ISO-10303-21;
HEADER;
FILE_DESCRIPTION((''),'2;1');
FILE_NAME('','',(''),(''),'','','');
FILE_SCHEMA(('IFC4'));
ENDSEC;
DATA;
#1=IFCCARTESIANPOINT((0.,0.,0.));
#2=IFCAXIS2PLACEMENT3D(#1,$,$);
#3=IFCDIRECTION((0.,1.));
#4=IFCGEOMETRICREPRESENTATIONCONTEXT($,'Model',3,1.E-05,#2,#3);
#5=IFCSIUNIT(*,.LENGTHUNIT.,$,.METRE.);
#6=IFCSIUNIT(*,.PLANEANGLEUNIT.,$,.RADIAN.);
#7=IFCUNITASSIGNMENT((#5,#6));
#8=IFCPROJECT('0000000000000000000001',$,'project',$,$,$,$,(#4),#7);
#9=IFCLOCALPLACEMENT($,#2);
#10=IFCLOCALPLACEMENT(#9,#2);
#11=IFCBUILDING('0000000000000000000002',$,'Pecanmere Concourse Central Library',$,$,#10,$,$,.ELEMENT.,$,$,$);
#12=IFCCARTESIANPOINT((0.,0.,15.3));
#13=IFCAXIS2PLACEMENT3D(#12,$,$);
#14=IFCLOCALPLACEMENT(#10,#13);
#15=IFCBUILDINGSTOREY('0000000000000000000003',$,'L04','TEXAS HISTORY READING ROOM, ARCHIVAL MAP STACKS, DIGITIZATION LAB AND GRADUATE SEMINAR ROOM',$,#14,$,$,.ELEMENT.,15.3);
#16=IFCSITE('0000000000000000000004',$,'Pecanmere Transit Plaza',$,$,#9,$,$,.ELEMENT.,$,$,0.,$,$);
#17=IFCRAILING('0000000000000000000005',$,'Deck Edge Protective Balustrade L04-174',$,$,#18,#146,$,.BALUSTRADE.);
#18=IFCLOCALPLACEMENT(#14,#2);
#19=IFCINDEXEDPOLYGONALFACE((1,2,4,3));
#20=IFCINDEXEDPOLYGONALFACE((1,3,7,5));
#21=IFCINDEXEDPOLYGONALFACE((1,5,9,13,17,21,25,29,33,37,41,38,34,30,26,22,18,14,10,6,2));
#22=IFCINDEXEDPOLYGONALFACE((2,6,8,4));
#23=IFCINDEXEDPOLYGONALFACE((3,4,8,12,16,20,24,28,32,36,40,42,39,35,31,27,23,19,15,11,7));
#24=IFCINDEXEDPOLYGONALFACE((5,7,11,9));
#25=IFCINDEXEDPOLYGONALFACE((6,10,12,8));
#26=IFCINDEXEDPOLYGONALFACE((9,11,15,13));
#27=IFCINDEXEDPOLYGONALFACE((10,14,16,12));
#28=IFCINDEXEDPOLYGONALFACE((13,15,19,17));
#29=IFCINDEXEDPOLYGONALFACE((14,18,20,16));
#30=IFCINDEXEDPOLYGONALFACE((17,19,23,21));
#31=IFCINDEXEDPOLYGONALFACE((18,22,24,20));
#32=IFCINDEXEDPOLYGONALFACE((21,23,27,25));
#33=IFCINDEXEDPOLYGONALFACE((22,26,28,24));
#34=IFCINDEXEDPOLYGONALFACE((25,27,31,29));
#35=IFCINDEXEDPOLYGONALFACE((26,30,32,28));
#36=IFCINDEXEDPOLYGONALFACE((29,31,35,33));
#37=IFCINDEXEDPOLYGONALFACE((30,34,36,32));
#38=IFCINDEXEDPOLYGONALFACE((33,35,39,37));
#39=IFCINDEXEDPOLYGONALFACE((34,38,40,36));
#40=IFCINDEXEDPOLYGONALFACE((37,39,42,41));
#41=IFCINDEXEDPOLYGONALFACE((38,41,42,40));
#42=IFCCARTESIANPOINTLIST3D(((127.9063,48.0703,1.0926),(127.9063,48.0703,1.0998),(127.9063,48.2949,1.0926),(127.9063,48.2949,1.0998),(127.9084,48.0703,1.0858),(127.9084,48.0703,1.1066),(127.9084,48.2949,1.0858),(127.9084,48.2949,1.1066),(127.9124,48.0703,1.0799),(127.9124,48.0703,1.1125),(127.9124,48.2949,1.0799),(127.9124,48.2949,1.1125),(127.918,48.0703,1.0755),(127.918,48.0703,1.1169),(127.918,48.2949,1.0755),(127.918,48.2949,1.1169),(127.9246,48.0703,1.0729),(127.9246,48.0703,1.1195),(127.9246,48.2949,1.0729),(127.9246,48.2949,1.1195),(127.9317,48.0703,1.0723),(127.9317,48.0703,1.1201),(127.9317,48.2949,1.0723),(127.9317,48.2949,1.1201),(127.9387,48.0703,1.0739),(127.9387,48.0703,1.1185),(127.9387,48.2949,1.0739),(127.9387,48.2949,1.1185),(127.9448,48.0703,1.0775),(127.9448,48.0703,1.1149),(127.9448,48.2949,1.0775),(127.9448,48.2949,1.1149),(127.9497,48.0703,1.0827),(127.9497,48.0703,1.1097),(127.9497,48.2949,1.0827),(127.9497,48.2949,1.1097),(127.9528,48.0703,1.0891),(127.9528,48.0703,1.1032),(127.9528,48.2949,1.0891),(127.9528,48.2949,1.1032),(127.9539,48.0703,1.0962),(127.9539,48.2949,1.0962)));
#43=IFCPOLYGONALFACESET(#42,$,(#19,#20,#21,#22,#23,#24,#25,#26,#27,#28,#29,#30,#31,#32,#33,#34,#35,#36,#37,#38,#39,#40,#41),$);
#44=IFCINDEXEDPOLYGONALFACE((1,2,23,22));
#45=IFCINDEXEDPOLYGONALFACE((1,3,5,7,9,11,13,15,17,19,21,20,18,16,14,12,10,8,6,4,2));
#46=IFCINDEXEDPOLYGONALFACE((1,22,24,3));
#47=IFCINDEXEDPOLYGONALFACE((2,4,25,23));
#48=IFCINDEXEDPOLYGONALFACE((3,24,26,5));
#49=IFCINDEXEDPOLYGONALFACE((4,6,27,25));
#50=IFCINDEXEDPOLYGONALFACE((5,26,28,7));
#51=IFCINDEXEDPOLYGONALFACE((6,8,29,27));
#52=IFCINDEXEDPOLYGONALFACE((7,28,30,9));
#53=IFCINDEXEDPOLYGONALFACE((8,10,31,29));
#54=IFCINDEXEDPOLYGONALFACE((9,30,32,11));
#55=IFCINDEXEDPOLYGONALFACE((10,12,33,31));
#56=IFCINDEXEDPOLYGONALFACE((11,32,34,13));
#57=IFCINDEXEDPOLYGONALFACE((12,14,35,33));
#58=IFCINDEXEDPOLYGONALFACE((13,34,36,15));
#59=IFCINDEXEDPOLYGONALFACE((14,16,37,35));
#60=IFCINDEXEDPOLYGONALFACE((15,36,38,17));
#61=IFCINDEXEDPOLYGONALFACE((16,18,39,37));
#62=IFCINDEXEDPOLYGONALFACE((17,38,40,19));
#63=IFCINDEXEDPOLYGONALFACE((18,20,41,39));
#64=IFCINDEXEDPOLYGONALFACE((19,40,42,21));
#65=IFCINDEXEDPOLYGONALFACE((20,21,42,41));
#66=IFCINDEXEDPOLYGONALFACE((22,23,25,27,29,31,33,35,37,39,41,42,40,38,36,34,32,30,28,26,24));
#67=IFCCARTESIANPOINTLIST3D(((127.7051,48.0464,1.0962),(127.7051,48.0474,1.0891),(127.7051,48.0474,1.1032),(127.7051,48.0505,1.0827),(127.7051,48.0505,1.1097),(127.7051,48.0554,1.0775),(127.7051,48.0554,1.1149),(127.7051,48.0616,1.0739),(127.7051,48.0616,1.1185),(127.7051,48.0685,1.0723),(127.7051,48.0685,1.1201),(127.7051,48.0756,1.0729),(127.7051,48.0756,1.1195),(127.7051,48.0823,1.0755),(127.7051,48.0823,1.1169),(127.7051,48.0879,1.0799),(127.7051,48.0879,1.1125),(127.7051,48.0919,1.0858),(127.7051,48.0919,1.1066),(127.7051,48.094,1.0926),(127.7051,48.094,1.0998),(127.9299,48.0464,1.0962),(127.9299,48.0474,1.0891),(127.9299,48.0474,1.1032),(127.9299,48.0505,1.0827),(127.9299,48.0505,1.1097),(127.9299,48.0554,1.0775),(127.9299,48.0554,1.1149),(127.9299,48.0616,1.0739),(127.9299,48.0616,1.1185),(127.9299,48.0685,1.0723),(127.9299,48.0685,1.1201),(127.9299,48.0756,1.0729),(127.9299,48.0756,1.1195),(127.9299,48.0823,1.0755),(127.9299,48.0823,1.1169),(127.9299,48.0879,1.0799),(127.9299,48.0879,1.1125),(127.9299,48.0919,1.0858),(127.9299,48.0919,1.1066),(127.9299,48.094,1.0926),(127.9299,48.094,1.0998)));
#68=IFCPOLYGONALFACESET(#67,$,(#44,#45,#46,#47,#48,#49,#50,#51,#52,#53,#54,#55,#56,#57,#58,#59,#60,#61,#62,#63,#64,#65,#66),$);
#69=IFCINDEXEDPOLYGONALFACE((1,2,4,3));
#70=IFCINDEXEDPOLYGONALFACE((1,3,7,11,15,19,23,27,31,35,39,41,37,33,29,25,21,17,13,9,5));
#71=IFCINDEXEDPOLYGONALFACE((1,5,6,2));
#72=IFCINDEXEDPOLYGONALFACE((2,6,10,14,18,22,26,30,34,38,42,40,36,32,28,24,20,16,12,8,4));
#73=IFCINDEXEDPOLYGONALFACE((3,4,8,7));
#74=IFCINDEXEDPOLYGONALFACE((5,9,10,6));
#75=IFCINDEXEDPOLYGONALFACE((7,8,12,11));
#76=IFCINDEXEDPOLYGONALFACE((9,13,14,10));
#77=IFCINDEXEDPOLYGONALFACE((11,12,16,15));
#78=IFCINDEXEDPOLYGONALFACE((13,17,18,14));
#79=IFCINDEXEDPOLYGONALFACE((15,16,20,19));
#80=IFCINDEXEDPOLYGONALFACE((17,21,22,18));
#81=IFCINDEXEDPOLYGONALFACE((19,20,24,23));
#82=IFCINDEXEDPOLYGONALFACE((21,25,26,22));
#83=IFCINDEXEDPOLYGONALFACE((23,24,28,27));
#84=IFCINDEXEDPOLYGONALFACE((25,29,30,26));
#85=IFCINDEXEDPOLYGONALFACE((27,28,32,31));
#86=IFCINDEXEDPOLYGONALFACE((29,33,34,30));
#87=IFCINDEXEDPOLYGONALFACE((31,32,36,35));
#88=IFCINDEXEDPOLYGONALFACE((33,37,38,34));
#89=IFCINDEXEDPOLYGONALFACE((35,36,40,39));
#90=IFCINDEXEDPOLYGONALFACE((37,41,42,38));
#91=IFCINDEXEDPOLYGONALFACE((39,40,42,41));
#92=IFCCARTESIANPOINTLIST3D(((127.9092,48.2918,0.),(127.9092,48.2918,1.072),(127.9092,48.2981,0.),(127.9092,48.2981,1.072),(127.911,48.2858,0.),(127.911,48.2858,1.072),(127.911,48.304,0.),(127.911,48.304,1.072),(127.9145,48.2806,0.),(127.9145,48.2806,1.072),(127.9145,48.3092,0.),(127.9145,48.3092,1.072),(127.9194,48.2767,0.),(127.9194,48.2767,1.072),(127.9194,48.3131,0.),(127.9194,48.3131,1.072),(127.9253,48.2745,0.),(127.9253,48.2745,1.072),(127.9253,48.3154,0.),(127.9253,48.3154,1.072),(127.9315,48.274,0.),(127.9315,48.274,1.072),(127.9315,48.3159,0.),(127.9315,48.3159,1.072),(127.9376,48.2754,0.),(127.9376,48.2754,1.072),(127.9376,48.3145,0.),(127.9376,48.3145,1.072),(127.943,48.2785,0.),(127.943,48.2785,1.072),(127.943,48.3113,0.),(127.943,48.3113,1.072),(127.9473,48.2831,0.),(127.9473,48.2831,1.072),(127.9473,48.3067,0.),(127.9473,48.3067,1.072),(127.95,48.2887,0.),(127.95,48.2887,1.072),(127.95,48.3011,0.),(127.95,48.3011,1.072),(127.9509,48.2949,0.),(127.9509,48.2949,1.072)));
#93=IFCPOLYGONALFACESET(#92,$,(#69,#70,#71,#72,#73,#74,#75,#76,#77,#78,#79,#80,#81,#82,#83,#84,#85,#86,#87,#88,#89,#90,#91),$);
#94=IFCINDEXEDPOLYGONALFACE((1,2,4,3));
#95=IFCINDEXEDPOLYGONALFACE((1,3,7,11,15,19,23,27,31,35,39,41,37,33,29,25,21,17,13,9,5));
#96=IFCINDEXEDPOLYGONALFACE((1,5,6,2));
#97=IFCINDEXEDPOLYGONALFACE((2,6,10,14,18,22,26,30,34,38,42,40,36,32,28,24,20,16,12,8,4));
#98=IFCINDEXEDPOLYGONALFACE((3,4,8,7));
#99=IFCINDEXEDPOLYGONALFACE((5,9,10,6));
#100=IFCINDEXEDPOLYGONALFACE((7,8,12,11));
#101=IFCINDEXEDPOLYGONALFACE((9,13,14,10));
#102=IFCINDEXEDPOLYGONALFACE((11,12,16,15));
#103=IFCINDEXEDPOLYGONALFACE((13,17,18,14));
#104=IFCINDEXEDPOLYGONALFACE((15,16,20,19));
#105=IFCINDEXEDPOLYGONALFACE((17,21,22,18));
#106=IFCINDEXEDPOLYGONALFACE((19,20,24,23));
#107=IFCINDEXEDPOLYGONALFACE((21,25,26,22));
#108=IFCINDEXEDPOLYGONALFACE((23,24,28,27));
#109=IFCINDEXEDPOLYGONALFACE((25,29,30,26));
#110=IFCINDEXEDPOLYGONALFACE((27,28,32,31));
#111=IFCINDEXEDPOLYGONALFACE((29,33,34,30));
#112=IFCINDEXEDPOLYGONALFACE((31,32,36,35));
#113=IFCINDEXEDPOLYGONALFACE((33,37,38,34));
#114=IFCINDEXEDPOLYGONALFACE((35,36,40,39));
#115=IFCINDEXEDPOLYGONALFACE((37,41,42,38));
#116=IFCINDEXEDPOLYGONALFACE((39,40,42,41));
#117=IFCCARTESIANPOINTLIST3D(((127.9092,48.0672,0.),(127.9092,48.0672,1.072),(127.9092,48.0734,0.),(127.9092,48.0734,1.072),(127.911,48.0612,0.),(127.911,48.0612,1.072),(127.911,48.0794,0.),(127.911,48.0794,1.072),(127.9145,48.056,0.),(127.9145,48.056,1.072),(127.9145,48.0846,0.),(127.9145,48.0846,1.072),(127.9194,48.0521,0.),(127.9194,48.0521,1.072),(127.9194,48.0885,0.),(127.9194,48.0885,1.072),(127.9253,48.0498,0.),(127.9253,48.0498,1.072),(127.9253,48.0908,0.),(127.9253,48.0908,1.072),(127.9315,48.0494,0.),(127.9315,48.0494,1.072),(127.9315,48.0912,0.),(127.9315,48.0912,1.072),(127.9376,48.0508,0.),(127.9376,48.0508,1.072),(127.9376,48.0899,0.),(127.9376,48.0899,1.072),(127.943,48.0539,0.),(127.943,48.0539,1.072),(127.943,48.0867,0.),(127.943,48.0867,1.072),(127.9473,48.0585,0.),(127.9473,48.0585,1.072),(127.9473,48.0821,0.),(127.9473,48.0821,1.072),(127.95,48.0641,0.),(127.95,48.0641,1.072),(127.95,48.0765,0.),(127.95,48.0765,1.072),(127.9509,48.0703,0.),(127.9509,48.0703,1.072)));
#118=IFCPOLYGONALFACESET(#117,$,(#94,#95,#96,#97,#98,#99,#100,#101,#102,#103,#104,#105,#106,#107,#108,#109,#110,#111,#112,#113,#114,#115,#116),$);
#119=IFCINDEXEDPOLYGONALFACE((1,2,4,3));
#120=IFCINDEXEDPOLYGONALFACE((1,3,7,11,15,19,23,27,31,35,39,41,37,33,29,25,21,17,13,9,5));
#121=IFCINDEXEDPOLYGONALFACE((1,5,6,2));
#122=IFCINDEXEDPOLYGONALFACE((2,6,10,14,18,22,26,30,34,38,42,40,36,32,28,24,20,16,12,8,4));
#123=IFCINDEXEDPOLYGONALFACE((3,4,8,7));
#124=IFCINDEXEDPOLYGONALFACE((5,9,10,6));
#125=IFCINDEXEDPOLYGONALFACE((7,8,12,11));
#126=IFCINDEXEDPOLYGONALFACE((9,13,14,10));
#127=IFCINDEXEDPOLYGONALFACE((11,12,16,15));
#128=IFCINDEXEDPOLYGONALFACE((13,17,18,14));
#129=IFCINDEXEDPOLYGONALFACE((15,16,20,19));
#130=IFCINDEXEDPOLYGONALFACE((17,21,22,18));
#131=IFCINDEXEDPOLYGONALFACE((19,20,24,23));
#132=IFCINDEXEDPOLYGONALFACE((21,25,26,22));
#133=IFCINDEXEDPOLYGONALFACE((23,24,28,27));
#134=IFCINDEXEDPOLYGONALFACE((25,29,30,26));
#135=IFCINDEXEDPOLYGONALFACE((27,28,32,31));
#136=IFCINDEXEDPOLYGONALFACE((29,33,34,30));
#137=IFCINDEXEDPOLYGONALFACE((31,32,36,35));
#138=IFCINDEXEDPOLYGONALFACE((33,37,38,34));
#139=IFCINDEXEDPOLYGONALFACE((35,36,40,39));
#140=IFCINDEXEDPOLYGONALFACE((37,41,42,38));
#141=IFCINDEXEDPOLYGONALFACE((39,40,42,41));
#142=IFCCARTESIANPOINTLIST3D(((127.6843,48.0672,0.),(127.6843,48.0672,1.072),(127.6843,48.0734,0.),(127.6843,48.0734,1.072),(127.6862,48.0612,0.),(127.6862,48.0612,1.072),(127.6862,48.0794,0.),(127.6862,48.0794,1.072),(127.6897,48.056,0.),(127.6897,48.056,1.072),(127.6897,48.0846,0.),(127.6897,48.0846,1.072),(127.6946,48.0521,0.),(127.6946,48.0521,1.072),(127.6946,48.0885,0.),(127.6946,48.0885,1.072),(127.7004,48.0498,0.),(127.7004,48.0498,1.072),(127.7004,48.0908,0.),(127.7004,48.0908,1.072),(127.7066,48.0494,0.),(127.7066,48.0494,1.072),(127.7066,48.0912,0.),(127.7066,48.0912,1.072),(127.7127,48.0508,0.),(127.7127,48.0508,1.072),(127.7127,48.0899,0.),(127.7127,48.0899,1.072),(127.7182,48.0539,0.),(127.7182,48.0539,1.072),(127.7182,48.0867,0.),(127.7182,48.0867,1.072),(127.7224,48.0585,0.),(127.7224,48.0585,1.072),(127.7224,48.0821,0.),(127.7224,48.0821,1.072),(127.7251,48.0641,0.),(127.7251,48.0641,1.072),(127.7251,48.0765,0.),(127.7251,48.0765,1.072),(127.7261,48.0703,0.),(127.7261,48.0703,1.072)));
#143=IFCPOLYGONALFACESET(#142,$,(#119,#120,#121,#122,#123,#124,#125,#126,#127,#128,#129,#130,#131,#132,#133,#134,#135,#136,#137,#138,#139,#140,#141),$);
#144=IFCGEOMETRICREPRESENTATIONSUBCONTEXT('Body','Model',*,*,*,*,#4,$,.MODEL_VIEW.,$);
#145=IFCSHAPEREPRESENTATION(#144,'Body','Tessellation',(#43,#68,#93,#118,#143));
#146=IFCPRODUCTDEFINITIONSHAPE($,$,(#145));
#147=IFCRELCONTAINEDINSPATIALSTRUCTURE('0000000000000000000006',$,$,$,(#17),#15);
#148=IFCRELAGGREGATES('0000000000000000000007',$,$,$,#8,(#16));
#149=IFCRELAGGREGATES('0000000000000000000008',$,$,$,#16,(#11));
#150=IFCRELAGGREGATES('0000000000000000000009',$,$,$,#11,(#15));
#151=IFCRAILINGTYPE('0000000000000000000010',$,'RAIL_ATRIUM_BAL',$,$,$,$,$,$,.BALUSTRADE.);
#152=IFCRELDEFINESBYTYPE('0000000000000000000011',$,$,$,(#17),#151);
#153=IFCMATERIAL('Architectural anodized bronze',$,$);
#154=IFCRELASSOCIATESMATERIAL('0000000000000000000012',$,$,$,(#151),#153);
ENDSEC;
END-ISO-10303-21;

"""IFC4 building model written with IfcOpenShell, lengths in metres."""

from ifc_helpers import new_model, si_unit, direction, frame, origin, origin_2d, place, context, subcontext, project, spatial, circle, extrude, material, type_object, element, save


model = new_model("IFC4")

# Units and contexts
model_context = context("Model", 3, precision=1e-05, world=origin(), true_north=direction((0.0, 1.0)))
body_context = subcontext(model_context, "Body", "Model", "MODEL_VIEW")
ifc_project = project(units=[si_unit("LENGTHUNIT", "METRE"), si_unit("PLANEANGLEUNIT", "RADIAN")], contexts=[model_context])

# Site, building, storey
site_placement = place(None, origin())
site = spatial("IfcSite", under=ifc_project, at=site_placement, Name="Pecanmere Transit Plaza", CompositionType="ELEMENT", RefElevation=0.0)
building_placement = place(site_placement, origin())
building = spatial("IfcBuilding", under=site, at=building_placement, Name="Pecanmere Concourse Central Library", CompositionType="ELEMENT")
storey_placement = place(building_placement, frame((0.0, 0.0, 15.3)))
storey = spatial("IfcBuildingStorey", under=building, at=storey_placement, Name="L04", Description="TEXAS HISTORY READING ROOM, ARCHIVAL MAP STACKS, DIGITIZATION LAB AND GRADUATE SEMINAR ROOM", CompositionType="ELEMENT", Elevation=15.3)

# Railing
ifc_material_1 = material(Name="Architectural anodized bronze")
railing_type = type_object("IfcRailingType", Name="RAIL_ATRIUM_BAL", PredefinedType="BALUSTRADE", material=ifc_material_1)
railing_1_placement = place(storey_placement, frame((127.9299, 48.2949, 0.0)))
element("IfcRailing", 1, at=railing_1_placement, inside=storey, type_object=railing_type, Name="Deck Edge Protective Balustrade L04-174", PredefinedType="BALUSTRADE", context=body_context, shape_type="SweptSolid", body=[
    extrude(circle(Radius=0.0239, at=origin_2d()), frame((0.0, 0.0, 1.0962), z_axis=(0.0, -1.0, 0.0), x_axis=(1.0, 0.0, 0.0)), (0.0, 0.0, 1.0), 0.2246),
    extrude(circle(Radius=0.0239, at=origin_2d()), frame((0.0, -0.2246, 1.0962), z_axis=(-1.0, 0.0, 0.0), x_axis=(0.0, -1.0, 0.0)), (0.0, 0.0, 1.0), 0.2249),
    extrude(circle(Radius=0.021, at=origin_2d()), origin(), (0.0, 0.0, 1.0), 1.072),
    extrude(circle(Radius=0.021, at=origin_2d()), frame((0.0, -0.2246, 0.0)), (0.0, 0.0, 1.0), 1.072),
    extrude(circle(Radius=0.021, at=origin_2d()), frame((-0.2249, -0.2246, 0.0)), (0.0, 0.0, 1.0), 1.072),
])

save(model, "model.ifc")
